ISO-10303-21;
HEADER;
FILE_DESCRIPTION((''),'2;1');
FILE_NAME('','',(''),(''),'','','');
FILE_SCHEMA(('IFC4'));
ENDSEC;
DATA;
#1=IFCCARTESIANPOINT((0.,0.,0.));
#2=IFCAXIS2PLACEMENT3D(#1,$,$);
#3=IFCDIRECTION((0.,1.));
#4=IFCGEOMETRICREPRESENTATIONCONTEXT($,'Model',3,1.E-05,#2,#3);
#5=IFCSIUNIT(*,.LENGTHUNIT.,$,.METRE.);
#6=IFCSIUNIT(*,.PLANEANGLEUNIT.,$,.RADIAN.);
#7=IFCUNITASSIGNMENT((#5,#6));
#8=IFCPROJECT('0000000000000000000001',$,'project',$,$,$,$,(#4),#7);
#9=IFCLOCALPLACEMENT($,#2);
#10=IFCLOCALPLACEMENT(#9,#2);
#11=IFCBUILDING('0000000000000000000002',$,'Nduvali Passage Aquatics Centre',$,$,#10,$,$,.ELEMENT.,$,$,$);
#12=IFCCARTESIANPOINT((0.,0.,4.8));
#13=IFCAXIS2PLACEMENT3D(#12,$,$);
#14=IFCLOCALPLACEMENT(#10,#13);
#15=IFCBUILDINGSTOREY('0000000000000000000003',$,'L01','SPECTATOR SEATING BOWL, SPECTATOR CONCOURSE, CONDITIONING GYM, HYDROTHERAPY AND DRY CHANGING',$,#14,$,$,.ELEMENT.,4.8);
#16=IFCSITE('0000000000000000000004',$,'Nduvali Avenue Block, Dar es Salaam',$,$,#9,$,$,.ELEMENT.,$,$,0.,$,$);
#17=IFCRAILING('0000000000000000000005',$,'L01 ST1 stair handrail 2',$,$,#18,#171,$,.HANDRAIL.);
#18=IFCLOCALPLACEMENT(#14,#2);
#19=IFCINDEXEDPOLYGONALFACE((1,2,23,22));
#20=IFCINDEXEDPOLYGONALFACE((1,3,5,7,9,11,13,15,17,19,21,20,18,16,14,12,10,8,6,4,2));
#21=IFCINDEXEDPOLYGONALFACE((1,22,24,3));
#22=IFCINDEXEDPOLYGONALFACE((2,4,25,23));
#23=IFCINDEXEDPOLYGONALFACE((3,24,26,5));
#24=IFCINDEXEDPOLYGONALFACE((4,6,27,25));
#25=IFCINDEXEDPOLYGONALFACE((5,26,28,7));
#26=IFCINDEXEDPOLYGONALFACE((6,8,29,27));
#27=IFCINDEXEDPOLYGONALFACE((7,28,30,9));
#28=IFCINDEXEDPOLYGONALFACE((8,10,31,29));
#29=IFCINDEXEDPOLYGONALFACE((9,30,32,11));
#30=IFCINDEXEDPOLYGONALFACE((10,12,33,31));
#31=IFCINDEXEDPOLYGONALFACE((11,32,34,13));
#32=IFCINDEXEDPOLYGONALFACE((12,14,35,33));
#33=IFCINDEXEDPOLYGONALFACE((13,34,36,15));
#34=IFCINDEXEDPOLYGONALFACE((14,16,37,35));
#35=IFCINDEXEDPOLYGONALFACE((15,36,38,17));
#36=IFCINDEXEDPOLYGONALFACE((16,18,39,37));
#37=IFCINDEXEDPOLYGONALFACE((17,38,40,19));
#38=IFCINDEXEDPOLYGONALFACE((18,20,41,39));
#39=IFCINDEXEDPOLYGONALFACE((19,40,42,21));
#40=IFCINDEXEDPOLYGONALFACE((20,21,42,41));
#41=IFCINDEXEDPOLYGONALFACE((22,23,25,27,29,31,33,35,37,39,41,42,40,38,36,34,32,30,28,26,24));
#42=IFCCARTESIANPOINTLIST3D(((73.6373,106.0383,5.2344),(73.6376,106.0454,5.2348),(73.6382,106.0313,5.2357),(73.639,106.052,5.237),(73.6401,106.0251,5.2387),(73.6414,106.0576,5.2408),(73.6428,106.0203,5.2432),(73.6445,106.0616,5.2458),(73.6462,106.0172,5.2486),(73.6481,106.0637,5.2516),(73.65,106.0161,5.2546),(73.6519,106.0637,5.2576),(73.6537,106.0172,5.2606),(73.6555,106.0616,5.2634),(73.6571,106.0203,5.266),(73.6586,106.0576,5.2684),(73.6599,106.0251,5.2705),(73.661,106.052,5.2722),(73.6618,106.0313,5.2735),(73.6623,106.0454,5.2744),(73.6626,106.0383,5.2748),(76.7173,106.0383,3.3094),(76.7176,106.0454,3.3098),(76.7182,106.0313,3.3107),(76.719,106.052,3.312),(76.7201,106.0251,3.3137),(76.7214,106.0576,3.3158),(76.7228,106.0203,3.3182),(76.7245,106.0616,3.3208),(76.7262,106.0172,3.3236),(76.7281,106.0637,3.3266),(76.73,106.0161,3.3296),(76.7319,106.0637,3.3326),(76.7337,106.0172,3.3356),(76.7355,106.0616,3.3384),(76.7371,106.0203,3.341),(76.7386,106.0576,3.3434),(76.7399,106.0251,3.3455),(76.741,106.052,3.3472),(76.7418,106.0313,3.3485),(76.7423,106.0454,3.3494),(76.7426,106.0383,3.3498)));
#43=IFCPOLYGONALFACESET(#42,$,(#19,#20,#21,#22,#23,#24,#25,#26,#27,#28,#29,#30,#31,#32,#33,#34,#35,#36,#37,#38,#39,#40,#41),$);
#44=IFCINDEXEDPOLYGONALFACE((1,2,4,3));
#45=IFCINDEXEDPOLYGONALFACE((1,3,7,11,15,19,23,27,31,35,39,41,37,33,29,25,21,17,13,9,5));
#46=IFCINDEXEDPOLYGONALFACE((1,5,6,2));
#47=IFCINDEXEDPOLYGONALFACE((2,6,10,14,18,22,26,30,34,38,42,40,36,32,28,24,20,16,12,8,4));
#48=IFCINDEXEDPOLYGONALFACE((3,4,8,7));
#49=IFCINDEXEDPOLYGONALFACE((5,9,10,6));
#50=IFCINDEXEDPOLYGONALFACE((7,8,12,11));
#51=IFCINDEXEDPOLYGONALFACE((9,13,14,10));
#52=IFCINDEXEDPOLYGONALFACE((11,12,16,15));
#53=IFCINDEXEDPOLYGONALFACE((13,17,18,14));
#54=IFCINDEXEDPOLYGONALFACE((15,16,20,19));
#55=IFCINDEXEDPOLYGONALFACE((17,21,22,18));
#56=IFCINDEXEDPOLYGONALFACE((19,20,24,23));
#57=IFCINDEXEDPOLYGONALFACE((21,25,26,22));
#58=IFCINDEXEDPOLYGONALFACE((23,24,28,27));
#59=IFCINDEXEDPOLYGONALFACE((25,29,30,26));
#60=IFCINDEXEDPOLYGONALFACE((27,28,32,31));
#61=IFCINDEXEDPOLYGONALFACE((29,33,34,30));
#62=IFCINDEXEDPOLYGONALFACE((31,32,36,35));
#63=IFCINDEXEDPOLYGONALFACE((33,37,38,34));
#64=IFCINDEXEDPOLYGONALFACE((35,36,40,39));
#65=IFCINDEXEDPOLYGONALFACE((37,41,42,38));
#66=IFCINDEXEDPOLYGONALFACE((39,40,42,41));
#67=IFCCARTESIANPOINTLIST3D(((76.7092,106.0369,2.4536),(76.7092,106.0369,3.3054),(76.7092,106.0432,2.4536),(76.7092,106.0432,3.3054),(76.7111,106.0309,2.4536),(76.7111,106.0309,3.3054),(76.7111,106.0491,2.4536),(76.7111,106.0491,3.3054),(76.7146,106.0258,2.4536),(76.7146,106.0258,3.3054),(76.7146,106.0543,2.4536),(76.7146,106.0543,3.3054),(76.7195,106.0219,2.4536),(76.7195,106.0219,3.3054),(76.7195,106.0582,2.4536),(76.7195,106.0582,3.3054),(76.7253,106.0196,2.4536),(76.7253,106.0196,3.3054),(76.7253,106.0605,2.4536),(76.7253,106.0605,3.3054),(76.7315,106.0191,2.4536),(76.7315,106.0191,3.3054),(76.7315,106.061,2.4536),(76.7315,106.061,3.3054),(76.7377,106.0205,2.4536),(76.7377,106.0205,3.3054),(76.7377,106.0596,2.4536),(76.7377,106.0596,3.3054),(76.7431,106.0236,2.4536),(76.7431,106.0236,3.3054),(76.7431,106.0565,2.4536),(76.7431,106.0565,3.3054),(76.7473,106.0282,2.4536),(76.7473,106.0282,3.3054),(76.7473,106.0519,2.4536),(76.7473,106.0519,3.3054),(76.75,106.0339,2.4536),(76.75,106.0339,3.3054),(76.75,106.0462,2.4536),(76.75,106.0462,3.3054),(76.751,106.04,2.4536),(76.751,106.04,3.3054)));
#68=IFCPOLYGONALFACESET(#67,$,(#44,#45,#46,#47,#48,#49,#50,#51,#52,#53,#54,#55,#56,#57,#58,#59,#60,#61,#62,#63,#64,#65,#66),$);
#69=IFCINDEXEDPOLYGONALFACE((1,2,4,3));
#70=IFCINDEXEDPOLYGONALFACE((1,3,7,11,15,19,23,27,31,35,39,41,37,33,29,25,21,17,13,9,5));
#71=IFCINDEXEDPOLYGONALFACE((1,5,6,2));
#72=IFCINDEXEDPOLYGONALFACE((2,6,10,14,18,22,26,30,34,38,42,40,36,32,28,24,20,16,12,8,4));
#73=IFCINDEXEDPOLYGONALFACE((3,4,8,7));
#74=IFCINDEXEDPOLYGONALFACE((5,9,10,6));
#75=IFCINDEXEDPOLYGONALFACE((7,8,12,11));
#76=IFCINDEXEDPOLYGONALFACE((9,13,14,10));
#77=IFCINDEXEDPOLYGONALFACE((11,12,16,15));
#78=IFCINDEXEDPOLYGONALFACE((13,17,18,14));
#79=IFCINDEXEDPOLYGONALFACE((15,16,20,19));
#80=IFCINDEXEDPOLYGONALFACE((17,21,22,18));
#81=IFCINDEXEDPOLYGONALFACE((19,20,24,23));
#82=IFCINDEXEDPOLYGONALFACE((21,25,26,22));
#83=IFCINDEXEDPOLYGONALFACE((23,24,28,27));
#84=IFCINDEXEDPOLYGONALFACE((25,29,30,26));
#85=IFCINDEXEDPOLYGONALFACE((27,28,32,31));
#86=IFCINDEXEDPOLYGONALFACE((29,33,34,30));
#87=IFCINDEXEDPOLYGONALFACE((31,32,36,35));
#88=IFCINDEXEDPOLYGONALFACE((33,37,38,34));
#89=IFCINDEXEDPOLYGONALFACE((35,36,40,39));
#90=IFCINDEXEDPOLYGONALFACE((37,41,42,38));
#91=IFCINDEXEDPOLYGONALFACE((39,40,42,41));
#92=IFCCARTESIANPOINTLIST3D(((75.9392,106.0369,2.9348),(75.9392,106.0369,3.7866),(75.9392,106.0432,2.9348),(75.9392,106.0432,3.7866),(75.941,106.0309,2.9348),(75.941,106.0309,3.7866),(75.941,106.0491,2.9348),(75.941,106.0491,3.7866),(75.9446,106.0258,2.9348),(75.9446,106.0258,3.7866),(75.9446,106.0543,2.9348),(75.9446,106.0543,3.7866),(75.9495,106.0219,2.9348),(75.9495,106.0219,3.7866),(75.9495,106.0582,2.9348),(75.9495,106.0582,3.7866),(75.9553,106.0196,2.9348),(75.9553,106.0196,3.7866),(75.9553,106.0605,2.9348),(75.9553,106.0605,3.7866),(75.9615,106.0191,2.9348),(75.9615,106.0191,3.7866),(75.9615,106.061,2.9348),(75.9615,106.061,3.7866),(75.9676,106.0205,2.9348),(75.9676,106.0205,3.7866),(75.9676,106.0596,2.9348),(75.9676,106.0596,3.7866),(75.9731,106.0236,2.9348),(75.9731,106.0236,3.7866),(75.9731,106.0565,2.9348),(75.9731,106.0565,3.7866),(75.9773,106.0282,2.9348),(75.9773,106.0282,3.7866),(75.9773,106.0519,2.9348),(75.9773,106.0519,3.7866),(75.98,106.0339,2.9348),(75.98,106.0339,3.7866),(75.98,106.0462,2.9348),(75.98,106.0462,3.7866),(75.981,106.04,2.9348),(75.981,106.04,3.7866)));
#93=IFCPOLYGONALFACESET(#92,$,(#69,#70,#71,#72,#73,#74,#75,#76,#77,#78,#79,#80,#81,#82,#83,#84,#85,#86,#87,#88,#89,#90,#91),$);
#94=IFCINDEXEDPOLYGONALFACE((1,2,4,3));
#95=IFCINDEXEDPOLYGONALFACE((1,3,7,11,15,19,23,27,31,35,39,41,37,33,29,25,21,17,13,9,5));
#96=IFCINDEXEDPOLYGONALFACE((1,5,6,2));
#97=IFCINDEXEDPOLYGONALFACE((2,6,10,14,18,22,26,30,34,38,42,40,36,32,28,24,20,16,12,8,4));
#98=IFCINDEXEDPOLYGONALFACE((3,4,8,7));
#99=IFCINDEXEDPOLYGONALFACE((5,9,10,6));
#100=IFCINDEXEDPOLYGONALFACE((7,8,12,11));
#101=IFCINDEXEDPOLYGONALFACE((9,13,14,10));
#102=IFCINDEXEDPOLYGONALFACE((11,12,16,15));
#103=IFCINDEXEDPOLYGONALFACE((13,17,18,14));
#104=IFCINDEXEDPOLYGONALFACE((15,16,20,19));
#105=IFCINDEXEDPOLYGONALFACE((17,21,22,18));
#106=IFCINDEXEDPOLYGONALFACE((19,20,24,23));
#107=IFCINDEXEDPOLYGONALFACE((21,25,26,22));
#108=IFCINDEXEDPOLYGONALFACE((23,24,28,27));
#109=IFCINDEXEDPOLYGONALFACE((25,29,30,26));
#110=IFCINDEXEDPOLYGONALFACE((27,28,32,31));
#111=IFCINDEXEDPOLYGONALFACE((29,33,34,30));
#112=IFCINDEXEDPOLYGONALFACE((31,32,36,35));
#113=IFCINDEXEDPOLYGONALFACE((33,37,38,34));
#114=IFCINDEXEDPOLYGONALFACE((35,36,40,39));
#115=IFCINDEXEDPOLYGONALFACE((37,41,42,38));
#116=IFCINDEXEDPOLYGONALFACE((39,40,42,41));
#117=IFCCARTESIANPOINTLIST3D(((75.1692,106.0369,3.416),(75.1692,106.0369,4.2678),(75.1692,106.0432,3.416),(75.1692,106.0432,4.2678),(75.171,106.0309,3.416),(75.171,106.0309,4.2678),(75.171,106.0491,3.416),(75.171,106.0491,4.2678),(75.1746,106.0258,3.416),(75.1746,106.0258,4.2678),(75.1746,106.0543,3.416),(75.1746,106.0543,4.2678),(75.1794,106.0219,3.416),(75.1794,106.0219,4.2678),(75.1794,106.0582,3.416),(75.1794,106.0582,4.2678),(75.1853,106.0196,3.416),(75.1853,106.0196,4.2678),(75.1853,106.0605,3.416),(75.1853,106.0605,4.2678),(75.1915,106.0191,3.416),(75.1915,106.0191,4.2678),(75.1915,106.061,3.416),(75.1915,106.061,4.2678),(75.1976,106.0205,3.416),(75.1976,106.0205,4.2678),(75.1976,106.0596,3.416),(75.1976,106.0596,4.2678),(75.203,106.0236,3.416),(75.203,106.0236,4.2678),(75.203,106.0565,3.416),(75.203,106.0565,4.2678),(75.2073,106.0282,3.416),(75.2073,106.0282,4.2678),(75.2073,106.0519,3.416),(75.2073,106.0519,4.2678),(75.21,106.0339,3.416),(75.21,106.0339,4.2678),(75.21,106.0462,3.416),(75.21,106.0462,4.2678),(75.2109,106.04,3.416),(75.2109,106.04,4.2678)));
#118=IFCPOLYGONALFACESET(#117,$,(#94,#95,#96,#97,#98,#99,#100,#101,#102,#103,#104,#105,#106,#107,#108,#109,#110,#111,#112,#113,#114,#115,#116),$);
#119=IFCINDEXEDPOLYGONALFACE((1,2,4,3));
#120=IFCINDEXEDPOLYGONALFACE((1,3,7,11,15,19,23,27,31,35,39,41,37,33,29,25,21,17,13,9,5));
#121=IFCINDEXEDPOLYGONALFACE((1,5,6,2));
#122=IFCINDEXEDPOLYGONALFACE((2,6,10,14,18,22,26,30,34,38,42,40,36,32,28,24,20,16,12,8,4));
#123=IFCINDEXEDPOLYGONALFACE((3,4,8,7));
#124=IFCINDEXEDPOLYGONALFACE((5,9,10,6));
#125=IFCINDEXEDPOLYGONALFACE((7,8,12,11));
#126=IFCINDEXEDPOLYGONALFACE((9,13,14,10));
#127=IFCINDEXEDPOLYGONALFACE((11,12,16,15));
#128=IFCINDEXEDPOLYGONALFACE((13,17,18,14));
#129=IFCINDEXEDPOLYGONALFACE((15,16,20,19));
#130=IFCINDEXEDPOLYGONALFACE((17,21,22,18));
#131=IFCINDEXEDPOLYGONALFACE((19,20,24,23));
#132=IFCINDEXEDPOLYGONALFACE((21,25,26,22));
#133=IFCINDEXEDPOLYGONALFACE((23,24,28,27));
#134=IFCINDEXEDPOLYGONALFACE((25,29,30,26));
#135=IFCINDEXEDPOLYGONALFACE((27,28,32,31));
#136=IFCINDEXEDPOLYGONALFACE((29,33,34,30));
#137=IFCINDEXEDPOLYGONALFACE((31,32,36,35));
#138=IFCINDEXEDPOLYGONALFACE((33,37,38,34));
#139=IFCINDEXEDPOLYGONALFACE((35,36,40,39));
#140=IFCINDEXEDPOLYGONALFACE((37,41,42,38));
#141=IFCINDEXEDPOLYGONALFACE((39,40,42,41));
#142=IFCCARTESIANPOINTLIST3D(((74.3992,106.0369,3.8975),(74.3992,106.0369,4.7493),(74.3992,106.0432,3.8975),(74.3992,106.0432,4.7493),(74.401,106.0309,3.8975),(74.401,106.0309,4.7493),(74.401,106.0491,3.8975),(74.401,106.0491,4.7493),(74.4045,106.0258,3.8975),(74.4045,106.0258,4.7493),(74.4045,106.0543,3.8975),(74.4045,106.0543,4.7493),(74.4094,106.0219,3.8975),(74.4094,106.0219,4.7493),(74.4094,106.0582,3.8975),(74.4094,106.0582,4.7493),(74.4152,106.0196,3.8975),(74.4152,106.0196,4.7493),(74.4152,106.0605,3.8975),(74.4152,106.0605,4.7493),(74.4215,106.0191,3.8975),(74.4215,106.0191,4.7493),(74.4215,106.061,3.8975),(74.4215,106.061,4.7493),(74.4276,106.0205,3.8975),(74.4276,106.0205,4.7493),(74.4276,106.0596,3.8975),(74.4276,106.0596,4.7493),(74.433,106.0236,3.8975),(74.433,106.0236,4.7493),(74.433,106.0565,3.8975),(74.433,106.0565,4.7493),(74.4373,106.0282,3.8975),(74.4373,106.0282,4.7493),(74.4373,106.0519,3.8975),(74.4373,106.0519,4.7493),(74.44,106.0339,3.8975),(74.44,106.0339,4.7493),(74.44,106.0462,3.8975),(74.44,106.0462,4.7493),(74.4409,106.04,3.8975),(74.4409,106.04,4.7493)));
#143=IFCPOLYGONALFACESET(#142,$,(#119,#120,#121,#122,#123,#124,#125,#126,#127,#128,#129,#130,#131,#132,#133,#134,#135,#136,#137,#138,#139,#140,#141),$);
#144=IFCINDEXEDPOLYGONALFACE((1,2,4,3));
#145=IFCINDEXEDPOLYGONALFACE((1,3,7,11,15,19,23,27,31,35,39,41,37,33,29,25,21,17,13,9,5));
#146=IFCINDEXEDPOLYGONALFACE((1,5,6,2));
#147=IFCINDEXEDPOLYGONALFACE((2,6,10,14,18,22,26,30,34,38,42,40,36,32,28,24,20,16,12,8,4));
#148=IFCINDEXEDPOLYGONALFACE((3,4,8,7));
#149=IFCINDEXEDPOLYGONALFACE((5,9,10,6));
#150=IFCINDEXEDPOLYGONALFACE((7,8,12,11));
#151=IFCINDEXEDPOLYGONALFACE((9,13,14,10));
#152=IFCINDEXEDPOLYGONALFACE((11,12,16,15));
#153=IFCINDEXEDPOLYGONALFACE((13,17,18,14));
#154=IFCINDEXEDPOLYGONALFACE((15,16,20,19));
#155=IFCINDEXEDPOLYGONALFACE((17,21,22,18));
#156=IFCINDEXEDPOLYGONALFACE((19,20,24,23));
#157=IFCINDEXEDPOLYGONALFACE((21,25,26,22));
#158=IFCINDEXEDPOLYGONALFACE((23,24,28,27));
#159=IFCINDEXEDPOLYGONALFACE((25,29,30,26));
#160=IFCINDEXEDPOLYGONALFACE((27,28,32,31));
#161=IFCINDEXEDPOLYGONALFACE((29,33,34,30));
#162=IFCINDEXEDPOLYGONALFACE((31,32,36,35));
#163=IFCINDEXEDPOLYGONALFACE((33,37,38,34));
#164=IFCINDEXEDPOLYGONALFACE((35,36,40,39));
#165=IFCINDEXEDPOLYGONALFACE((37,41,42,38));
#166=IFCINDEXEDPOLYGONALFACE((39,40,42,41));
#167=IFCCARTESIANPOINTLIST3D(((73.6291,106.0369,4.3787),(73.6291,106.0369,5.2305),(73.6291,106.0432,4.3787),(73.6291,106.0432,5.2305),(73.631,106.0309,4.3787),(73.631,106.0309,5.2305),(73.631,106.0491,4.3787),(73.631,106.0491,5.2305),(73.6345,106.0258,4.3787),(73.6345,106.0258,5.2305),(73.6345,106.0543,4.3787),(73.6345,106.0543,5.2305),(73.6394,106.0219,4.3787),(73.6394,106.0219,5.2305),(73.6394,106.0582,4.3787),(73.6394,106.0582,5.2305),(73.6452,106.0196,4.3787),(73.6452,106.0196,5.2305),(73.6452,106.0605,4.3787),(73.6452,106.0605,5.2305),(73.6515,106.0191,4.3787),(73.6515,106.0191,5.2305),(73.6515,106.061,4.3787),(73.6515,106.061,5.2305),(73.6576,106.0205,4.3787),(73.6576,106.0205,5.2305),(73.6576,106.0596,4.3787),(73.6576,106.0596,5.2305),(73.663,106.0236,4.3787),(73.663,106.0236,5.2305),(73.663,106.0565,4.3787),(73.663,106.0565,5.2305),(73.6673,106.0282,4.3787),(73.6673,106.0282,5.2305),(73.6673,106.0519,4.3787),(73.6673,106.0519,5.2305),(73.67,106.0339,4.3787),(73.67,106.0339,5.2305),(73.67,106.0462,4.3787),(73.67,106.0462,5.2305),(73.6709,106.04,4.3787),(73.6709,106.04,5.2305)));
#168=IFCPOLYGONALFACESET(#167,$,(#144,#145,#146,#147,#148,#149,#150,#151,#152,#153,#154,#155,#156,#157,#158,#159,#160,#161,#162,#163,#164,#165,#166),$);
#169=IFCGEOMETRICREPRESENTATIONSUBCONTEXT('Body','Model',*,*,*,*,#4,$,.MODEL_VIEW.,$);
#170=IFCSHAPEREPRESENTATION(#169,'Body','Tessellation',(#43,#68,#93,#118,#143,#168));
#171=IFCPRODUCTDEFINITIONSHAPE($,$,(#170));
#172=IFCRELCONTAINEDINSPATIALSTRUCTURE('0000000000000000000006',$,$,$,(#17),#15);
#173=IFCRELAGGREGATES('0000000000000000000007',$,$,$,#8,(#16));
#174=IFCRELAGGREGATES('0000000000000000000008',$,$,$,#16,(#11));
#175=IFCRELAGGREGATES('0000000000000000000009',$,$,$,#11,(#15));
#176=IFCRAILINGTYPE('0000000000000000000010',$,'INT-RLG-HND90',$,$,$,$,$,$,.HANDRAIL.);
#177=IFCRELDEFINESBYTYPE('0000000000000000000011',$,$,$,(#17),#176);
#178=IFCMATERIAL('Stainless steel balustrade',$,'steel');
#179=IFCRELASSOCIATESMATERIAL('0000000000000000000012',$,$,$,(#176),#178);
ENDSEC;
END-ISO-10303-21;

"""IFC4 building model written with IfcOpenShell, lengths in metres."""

from ifc_helpers import new_model, si_unit, direction, frame, origin, origin_2d, place, context, subcontext, project, spatial, circle, extrude, material, type_object, element, save


model = new_model("IFC4")

# Units and contexts
model_context = context("Model", 3, precision=1e-05, world=origin(), true_north=direction((0.0, 1.0)))
body_context = subcontext(model_context, "Body", "Model", "MODEL_VIEW")
ifc_project = project(units=[si_unit("LENGTHUNIT", "METRE"), si_unit("PLANEANGLEUNIT", "RADIAN")], contexts=[model_context])

# Site, building, storey
site_placement = place(None, origin())
site = spatial("IfcSite", under=ifc_project, at=site_placement, Name="Nduvali Avenue Block, Dar es Salaam", CompositionType="ELEMENT", RefElevation=0.0)
building_placement = place(site_placement, origin())
building = spatial("IfcBuilding", under=site, at=building_placement, Name="Nduvali Passage Aquatics Centre", CompositionType="ELEMENT")
storey_placement = place(building_placement, frame((0.0, 0.0, 4.8)))
storey = spatial("IfcBuildingStorey", under=building, at=storey_placement, Name="L01", Description="SPECTATOR SEATING BOWL, SPECTATOR CONCOURSE, CONDITIONING GYM, HYDROTHERAPY AND DRY CHANGING", CompositionType="ELEMENT", Elevation=4.8)

# Railing
ifc_material_1 = material(Name="Stainless steel balustrade", Category="steel")
railing_type_1 = type_object("IfcRailingType", Name="INT-RLG-HND90", PredefinedType="HANDRAIL", material=ifc_material_1)
railing_1_placement = place(storey_placement, frame((76.73, 106.04, 2.4536)))
element("IfcRailing", 1, at=railing_1_placement, inside=storey, type_object=railing_type_1, Name="L01 ST1 stair handrail 2", PredefinedType="HANDRAIL", context=body_context, shape_type="SweptSolid", body=[
    extrude(circle(Radius=0.0239, at=origin_2d()), frame((0.0, 0.0, 0.876), z_axis=(-0.847998, 0.0, 0.529999), x_axis=(0.0, -1.0, 0.0)), (0.0, 0.0, 1.0), 3.6321),
    extrude(circle(Radius=0.021, at=origin_2d()), origin(), (0.0, 0.0, 1.0), 0.8518),
    extrude(circle(Radius=0.021, at=origin_2d()), frame((-0.77, 0.0, 0.4812)), (0.0, 0.0, 1.0), 0.8518),
    extrude(circle(Radius=0.021, at=origin_2d()), frame((-1.54, 0.0, 0.9624)), (0.0, 0.0, 1.0), 0.8518),
    extrude(circle(Radius=0.021, at=origin_2d()), frame((-2.3101, 0.0, 1.4438)), (0.0, 0.0, 1.0), 0.8518),
    extrude(circle(Radius=0.021, at=origin_2d()), frame((-3.0801, 0.0, 1.925)), (0.0, 0.0, 1.0), 0.8518),
])

save(model, "model.ifc")
